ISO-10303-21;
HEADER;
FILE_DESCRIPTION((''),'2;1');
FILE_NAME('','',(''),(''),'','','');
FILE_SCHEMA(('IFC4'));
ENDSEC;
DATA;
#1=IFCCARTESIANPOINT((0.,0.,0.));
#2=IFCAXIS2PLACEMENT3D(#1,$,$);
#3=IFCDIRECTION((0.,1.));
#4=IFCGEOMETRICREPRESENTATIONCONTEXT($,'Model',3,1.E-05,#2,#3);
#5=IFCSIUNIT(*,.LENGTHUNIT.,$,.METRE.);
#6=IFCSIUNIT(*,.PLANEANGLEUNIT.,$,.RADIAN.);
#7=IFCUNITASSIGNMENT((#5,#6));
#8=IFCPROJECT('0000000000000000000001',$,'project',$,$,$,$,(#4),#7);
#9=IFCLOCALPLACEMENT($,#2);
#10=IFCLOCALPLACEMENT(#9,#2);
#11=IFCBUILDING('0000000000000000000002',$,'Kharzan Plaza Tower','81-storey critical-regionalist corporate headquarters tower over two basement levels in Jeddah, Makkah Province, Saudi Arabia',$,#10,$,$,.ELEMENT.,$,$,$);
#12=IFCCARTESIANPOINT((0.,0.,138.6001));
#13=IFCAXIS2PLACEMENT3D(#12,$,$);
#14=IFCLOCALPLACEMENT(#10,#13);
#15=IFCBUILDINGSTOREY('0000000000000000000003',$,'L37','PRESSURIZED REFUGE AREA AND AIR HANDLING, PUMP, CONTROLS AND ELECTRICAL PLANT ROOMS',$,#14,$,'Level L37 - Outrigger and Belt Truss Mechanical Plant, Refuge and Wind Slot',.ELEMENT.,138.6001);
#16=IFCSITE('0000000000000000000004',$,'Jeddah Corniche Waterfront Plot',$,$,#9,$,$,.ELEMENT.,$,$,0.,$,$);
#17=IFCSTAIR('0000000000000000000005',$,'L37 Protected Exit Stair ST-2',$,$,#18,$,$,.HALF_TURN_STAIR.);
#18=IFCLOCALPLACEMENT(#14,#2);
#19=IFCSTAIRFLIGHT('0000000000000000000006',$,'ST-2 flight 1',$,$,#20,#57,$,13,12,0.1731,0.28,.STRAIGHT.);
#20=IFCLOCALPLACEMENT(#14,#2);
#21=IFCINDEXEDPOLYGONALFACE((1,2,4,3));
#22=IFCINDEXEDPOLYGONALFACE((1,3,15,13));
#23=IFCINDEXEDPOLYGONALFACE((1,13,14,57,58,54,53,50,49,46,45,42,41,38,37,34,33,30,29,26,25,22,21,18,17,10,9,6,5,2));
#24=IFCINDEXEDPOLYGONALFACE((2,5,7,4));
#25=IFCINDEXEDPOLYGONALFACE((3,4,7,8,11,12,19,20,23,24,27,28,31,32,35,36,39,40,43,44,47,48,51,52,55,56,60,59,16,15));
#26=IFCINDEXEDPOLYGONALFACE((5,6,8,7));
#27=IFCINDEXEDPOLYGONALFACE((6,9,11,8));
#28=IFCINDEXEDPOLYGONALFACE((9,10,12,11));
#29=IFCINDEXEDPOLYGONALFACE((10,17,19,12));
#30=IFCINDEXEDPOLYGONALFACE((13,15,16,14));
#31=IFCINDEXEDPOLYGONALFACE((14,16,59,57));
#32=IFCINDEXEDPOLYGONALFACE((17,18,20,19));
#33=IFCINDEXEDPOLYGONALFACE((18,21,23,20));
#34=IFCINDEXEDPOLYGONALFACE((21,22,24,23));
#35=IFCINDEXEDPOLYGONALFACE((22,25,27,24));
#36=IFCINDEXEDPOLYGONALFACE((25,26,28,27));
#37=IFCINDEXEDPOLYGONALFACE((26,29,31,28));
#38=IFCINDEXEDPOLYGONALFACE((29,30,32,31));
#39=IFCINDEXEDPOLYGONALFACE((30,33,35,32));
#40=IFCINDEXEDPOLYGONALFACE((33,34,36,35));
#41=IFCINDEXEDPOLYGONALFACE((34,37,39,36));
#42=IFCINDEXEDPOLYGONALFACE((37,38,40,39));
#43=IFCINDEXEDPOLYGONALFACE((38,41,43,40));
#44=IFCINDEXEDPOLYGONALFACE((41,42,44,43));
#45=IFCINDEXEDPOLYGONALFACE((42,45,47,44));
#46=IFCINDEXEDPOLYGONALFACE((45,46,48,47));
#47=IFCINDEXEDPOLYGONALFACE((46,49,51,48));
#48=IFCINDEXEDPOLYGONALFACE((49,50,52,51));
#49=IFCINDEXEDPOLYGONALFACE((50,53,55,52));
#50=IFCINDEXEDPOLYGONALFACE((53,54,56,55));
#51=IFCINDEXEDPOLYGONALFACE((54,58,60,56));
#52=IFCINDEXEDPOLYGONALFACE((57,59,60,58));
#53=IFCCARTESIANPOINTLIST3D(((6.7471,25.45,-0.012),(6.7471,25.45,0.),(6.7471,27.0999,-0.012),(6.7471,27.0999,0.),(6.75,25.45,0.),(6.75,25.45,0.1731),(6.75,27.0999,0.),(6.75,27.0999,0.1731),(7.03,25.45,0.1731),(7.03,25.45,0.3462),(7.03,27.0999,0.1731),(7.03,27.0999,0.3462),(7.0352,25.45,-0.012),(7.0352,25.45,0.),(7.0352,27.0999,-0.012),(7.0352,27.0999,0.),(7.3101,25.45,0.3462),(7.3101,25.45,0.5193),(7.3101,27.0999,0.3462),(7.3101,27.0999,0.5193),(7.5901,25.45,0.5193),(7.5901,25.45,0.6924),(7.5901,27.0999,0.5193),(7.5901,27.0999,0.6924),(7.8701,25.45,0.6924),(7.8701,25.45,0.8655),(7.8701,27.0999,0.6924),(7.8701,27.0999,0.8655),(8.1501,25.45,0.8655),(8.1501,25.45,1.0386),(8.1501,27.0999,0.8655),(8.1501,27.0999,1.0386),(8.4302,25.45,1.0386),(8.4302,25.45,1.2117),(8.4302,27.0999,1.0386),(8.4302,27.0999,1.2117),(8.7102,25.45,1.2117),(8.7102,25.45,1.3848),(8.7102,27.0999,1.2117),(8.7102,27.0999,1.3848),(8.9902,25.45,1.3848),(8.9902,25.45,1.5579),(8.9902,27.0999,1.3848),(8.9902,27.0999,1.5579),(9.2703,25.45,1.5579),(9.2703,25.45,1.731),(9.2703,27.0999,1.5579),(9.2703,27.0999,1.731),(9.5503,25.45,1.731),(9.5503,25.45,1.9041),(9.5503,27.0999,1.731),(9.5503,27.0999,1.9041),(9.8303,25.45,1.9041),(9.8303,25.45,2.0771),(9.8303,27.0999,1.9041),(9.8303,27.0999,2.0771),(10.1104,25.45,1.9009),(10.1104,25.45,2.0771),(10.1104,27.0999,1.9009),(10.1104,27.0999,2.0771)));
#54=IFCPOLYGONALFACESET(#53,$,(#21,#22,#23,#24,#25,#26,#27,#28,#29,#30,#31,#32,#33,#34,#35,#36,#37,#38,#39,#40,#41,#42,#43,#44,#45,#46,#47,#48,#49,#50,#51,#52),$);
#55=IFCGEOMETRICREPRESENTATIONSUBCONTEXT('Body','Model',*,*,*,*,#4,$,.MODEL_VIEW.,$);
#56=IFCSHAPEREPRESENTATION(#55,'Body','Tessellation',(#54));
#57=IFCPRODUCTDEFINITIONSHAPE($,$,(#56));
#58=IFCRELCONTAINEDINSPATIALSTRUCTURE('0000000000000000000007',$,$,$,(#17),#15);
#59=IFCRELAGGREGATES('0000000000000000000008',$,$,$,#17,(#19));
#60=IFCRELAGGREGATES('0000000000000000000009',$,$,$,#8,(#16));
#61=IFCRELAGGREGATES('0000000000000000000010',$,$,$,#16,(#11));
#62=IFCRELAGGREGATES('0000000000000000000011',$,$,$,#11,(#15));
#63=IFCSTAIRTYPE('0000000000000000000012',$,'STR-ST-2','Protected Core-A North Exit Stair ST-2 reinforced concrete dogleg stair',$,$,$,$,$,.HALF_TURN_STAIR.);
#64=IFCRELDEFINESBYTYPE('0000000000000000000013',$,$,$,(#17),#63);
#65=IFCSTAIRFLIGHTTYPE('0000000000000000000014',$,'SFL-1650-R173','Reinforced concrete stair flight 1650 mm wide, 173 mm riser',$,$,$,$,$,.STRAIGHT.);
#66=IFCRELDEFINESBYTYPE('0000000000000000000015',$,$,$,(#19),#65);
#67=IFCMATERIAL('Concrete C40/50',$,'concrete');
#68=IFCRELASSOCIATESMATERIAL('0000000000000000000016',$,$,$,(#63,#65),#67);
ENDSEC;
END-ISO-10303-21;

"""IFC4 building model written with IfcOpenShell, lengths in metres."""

from ifc_helpers import new_model, si_unit, direction, frame, origin, place, context, subcontext, project, spatial, polyline, outline, extrude, source, transform, mapped, material, type_object, element, aggregate, save


model = new_model("IFC4")

# Units and contexts
model_context = context("Model", 3, precision=1e-05, world=origin(), true_north=direction((0.0, 1.0)))
body_context = subcontext(model_context, "Body", "Model", "MODEL_VIEW")
ifc_project = project(units=[si_unit("LENGTHUNIT", "METRE"), si_unit("PLANEANGLEUNIT", "RADIAN")], contexts=[model_context])

# Site, building, storey
site_placement = place(None, origin())
site = spatial("IfcSite", under=ifc_project, at=site_placement, Name="Jeddah Corniche Waterfront Plot", CompositionType="ELEMENT", RefElevation=0.0)
building_placement = place(site_placement, origin())
building = spatial("IfcBuilding", under=site, at=building_placement, Name="Kharzan Plaza Tower", Description="81-storey critical-regionalist corporate headquarters tower over two basement levels in Jeddah, Makkah Province, Saudi Arabia", CompositionType="ELEMENT")
storey_placement = place(building_placement, frame((0.0, 0.0, 138.6001)))
storey = spatial("IfcBuildingStorey", under=building, at=storey_placement, Name="L37", Description="PRESSURIZED REFUGE AREA AND AIR HANDLING, PUMP, CONTROLS AND ELECTRICAL PLANT ROOMS", LongName="Level L37 - Outrigger and Belt Truss Mechanical Plant, Refuge and Wind Slot", CompositionType="ELEMENT", Elevation=138.6001)

# Shared definitions
ifc_material_1 = material(Name="Concrete C40/50", Category="concrete")

# Stair, stair flight
stair_type = type_object("IfcStairType", Name="STR-ST-2", Description="Protected Core-A North Exit Stair ST-2 reinforced concrete dogleg stair", PredefinedType="HALF_TURN_STAIR", material=ifc_material_1)
stair_placement = place(storey_placement, origin())
stair = element("IfcStair", 1, at=stair_placement, inside=storey, type_object=stair_type, Name="L37 Protected Exit Stair ST-2", PredefinedType="HALF_TURN_STAIR")
stair_flight_type = type_object("IfcStairFlightType", Name="SFL-1650-R173", Description="Reinforced concrete stair flight 1650 mm wide, 173 mm riser", PredefinedType="STRAIGHT", material=ifc_material_1)
shared_shape_1 = source(origin(), body_context, "Body", "SweptSolid", [
    extrude(outline(polyline([(-0.0029, -0.012), (-0.0029, 0.0), (0.0, 0.0), (0.0, 0.1731), (0.28, 0.1731), (0.28, 0.3462), (0.5601, 0.3462), (0.5601, 0.5193), (0.8401, 0.5193), (0.8401, 0.6924), (1.1201, 0.6924), (1.1201, 0.8655), (1.4001, 0.8655), (1.4001, 1.0386), (1.6802, 1.0386), (1.6802, 1.2117), (1.9602, 1.2117), (1.9602, 1.3848), (2.2402, 1.3848), (2.2402, 1.5579), (2.5203, 1.5579), (2.5203, 1.731), (2.8003, 1.731), (2.8003, 1.9041), (3.0803, 1.9041), (3.0803, 2.0771), (3.3604, 2.0771), (3.3604, 2.2502), (3.3604, 1.9009), (0.2852, 0.0), (0.2852, -0.012), (-0.0029, -0.012)])), frame((0.0, 0.825, 0.0), z_axis=(0.0, -1.0, 0.0), x_axis=(1.0, 0.0, 0.0)), (0.0, 0.0, 1.0), 1.6499),
])
stair_flight_placement = place(storey_placement, frame((6.75, 26.2749, 0.0), z_axis=(0.0, 0.0, 1.0), x_axis=(1.0, 0.0, 0.0)))
stair_flight = element("IfcStairFlight", 2, at=stair_flight_placement, type_object=stair_flight_type, Name="ST-2 flight 1", NumberOfRisers=13, NumberOfTreads=12, PredefinedType="STRAIGHT", RiserHeight=0.1731, TreadLength=0.28, context=body_context, shape_type="MappedRepresentation", body=[
    mapped(shared_shape_1, transform((0.0, 0.0, 0.0), x_axis=(1.0, 0.0, 0.0), y_axis=(0.0, 1.0, 0.0), z_axis=(0.0, 0.0, 1.0))),
])
aggregate(stair, [stair_flight])

save(model, "model.ifc")
